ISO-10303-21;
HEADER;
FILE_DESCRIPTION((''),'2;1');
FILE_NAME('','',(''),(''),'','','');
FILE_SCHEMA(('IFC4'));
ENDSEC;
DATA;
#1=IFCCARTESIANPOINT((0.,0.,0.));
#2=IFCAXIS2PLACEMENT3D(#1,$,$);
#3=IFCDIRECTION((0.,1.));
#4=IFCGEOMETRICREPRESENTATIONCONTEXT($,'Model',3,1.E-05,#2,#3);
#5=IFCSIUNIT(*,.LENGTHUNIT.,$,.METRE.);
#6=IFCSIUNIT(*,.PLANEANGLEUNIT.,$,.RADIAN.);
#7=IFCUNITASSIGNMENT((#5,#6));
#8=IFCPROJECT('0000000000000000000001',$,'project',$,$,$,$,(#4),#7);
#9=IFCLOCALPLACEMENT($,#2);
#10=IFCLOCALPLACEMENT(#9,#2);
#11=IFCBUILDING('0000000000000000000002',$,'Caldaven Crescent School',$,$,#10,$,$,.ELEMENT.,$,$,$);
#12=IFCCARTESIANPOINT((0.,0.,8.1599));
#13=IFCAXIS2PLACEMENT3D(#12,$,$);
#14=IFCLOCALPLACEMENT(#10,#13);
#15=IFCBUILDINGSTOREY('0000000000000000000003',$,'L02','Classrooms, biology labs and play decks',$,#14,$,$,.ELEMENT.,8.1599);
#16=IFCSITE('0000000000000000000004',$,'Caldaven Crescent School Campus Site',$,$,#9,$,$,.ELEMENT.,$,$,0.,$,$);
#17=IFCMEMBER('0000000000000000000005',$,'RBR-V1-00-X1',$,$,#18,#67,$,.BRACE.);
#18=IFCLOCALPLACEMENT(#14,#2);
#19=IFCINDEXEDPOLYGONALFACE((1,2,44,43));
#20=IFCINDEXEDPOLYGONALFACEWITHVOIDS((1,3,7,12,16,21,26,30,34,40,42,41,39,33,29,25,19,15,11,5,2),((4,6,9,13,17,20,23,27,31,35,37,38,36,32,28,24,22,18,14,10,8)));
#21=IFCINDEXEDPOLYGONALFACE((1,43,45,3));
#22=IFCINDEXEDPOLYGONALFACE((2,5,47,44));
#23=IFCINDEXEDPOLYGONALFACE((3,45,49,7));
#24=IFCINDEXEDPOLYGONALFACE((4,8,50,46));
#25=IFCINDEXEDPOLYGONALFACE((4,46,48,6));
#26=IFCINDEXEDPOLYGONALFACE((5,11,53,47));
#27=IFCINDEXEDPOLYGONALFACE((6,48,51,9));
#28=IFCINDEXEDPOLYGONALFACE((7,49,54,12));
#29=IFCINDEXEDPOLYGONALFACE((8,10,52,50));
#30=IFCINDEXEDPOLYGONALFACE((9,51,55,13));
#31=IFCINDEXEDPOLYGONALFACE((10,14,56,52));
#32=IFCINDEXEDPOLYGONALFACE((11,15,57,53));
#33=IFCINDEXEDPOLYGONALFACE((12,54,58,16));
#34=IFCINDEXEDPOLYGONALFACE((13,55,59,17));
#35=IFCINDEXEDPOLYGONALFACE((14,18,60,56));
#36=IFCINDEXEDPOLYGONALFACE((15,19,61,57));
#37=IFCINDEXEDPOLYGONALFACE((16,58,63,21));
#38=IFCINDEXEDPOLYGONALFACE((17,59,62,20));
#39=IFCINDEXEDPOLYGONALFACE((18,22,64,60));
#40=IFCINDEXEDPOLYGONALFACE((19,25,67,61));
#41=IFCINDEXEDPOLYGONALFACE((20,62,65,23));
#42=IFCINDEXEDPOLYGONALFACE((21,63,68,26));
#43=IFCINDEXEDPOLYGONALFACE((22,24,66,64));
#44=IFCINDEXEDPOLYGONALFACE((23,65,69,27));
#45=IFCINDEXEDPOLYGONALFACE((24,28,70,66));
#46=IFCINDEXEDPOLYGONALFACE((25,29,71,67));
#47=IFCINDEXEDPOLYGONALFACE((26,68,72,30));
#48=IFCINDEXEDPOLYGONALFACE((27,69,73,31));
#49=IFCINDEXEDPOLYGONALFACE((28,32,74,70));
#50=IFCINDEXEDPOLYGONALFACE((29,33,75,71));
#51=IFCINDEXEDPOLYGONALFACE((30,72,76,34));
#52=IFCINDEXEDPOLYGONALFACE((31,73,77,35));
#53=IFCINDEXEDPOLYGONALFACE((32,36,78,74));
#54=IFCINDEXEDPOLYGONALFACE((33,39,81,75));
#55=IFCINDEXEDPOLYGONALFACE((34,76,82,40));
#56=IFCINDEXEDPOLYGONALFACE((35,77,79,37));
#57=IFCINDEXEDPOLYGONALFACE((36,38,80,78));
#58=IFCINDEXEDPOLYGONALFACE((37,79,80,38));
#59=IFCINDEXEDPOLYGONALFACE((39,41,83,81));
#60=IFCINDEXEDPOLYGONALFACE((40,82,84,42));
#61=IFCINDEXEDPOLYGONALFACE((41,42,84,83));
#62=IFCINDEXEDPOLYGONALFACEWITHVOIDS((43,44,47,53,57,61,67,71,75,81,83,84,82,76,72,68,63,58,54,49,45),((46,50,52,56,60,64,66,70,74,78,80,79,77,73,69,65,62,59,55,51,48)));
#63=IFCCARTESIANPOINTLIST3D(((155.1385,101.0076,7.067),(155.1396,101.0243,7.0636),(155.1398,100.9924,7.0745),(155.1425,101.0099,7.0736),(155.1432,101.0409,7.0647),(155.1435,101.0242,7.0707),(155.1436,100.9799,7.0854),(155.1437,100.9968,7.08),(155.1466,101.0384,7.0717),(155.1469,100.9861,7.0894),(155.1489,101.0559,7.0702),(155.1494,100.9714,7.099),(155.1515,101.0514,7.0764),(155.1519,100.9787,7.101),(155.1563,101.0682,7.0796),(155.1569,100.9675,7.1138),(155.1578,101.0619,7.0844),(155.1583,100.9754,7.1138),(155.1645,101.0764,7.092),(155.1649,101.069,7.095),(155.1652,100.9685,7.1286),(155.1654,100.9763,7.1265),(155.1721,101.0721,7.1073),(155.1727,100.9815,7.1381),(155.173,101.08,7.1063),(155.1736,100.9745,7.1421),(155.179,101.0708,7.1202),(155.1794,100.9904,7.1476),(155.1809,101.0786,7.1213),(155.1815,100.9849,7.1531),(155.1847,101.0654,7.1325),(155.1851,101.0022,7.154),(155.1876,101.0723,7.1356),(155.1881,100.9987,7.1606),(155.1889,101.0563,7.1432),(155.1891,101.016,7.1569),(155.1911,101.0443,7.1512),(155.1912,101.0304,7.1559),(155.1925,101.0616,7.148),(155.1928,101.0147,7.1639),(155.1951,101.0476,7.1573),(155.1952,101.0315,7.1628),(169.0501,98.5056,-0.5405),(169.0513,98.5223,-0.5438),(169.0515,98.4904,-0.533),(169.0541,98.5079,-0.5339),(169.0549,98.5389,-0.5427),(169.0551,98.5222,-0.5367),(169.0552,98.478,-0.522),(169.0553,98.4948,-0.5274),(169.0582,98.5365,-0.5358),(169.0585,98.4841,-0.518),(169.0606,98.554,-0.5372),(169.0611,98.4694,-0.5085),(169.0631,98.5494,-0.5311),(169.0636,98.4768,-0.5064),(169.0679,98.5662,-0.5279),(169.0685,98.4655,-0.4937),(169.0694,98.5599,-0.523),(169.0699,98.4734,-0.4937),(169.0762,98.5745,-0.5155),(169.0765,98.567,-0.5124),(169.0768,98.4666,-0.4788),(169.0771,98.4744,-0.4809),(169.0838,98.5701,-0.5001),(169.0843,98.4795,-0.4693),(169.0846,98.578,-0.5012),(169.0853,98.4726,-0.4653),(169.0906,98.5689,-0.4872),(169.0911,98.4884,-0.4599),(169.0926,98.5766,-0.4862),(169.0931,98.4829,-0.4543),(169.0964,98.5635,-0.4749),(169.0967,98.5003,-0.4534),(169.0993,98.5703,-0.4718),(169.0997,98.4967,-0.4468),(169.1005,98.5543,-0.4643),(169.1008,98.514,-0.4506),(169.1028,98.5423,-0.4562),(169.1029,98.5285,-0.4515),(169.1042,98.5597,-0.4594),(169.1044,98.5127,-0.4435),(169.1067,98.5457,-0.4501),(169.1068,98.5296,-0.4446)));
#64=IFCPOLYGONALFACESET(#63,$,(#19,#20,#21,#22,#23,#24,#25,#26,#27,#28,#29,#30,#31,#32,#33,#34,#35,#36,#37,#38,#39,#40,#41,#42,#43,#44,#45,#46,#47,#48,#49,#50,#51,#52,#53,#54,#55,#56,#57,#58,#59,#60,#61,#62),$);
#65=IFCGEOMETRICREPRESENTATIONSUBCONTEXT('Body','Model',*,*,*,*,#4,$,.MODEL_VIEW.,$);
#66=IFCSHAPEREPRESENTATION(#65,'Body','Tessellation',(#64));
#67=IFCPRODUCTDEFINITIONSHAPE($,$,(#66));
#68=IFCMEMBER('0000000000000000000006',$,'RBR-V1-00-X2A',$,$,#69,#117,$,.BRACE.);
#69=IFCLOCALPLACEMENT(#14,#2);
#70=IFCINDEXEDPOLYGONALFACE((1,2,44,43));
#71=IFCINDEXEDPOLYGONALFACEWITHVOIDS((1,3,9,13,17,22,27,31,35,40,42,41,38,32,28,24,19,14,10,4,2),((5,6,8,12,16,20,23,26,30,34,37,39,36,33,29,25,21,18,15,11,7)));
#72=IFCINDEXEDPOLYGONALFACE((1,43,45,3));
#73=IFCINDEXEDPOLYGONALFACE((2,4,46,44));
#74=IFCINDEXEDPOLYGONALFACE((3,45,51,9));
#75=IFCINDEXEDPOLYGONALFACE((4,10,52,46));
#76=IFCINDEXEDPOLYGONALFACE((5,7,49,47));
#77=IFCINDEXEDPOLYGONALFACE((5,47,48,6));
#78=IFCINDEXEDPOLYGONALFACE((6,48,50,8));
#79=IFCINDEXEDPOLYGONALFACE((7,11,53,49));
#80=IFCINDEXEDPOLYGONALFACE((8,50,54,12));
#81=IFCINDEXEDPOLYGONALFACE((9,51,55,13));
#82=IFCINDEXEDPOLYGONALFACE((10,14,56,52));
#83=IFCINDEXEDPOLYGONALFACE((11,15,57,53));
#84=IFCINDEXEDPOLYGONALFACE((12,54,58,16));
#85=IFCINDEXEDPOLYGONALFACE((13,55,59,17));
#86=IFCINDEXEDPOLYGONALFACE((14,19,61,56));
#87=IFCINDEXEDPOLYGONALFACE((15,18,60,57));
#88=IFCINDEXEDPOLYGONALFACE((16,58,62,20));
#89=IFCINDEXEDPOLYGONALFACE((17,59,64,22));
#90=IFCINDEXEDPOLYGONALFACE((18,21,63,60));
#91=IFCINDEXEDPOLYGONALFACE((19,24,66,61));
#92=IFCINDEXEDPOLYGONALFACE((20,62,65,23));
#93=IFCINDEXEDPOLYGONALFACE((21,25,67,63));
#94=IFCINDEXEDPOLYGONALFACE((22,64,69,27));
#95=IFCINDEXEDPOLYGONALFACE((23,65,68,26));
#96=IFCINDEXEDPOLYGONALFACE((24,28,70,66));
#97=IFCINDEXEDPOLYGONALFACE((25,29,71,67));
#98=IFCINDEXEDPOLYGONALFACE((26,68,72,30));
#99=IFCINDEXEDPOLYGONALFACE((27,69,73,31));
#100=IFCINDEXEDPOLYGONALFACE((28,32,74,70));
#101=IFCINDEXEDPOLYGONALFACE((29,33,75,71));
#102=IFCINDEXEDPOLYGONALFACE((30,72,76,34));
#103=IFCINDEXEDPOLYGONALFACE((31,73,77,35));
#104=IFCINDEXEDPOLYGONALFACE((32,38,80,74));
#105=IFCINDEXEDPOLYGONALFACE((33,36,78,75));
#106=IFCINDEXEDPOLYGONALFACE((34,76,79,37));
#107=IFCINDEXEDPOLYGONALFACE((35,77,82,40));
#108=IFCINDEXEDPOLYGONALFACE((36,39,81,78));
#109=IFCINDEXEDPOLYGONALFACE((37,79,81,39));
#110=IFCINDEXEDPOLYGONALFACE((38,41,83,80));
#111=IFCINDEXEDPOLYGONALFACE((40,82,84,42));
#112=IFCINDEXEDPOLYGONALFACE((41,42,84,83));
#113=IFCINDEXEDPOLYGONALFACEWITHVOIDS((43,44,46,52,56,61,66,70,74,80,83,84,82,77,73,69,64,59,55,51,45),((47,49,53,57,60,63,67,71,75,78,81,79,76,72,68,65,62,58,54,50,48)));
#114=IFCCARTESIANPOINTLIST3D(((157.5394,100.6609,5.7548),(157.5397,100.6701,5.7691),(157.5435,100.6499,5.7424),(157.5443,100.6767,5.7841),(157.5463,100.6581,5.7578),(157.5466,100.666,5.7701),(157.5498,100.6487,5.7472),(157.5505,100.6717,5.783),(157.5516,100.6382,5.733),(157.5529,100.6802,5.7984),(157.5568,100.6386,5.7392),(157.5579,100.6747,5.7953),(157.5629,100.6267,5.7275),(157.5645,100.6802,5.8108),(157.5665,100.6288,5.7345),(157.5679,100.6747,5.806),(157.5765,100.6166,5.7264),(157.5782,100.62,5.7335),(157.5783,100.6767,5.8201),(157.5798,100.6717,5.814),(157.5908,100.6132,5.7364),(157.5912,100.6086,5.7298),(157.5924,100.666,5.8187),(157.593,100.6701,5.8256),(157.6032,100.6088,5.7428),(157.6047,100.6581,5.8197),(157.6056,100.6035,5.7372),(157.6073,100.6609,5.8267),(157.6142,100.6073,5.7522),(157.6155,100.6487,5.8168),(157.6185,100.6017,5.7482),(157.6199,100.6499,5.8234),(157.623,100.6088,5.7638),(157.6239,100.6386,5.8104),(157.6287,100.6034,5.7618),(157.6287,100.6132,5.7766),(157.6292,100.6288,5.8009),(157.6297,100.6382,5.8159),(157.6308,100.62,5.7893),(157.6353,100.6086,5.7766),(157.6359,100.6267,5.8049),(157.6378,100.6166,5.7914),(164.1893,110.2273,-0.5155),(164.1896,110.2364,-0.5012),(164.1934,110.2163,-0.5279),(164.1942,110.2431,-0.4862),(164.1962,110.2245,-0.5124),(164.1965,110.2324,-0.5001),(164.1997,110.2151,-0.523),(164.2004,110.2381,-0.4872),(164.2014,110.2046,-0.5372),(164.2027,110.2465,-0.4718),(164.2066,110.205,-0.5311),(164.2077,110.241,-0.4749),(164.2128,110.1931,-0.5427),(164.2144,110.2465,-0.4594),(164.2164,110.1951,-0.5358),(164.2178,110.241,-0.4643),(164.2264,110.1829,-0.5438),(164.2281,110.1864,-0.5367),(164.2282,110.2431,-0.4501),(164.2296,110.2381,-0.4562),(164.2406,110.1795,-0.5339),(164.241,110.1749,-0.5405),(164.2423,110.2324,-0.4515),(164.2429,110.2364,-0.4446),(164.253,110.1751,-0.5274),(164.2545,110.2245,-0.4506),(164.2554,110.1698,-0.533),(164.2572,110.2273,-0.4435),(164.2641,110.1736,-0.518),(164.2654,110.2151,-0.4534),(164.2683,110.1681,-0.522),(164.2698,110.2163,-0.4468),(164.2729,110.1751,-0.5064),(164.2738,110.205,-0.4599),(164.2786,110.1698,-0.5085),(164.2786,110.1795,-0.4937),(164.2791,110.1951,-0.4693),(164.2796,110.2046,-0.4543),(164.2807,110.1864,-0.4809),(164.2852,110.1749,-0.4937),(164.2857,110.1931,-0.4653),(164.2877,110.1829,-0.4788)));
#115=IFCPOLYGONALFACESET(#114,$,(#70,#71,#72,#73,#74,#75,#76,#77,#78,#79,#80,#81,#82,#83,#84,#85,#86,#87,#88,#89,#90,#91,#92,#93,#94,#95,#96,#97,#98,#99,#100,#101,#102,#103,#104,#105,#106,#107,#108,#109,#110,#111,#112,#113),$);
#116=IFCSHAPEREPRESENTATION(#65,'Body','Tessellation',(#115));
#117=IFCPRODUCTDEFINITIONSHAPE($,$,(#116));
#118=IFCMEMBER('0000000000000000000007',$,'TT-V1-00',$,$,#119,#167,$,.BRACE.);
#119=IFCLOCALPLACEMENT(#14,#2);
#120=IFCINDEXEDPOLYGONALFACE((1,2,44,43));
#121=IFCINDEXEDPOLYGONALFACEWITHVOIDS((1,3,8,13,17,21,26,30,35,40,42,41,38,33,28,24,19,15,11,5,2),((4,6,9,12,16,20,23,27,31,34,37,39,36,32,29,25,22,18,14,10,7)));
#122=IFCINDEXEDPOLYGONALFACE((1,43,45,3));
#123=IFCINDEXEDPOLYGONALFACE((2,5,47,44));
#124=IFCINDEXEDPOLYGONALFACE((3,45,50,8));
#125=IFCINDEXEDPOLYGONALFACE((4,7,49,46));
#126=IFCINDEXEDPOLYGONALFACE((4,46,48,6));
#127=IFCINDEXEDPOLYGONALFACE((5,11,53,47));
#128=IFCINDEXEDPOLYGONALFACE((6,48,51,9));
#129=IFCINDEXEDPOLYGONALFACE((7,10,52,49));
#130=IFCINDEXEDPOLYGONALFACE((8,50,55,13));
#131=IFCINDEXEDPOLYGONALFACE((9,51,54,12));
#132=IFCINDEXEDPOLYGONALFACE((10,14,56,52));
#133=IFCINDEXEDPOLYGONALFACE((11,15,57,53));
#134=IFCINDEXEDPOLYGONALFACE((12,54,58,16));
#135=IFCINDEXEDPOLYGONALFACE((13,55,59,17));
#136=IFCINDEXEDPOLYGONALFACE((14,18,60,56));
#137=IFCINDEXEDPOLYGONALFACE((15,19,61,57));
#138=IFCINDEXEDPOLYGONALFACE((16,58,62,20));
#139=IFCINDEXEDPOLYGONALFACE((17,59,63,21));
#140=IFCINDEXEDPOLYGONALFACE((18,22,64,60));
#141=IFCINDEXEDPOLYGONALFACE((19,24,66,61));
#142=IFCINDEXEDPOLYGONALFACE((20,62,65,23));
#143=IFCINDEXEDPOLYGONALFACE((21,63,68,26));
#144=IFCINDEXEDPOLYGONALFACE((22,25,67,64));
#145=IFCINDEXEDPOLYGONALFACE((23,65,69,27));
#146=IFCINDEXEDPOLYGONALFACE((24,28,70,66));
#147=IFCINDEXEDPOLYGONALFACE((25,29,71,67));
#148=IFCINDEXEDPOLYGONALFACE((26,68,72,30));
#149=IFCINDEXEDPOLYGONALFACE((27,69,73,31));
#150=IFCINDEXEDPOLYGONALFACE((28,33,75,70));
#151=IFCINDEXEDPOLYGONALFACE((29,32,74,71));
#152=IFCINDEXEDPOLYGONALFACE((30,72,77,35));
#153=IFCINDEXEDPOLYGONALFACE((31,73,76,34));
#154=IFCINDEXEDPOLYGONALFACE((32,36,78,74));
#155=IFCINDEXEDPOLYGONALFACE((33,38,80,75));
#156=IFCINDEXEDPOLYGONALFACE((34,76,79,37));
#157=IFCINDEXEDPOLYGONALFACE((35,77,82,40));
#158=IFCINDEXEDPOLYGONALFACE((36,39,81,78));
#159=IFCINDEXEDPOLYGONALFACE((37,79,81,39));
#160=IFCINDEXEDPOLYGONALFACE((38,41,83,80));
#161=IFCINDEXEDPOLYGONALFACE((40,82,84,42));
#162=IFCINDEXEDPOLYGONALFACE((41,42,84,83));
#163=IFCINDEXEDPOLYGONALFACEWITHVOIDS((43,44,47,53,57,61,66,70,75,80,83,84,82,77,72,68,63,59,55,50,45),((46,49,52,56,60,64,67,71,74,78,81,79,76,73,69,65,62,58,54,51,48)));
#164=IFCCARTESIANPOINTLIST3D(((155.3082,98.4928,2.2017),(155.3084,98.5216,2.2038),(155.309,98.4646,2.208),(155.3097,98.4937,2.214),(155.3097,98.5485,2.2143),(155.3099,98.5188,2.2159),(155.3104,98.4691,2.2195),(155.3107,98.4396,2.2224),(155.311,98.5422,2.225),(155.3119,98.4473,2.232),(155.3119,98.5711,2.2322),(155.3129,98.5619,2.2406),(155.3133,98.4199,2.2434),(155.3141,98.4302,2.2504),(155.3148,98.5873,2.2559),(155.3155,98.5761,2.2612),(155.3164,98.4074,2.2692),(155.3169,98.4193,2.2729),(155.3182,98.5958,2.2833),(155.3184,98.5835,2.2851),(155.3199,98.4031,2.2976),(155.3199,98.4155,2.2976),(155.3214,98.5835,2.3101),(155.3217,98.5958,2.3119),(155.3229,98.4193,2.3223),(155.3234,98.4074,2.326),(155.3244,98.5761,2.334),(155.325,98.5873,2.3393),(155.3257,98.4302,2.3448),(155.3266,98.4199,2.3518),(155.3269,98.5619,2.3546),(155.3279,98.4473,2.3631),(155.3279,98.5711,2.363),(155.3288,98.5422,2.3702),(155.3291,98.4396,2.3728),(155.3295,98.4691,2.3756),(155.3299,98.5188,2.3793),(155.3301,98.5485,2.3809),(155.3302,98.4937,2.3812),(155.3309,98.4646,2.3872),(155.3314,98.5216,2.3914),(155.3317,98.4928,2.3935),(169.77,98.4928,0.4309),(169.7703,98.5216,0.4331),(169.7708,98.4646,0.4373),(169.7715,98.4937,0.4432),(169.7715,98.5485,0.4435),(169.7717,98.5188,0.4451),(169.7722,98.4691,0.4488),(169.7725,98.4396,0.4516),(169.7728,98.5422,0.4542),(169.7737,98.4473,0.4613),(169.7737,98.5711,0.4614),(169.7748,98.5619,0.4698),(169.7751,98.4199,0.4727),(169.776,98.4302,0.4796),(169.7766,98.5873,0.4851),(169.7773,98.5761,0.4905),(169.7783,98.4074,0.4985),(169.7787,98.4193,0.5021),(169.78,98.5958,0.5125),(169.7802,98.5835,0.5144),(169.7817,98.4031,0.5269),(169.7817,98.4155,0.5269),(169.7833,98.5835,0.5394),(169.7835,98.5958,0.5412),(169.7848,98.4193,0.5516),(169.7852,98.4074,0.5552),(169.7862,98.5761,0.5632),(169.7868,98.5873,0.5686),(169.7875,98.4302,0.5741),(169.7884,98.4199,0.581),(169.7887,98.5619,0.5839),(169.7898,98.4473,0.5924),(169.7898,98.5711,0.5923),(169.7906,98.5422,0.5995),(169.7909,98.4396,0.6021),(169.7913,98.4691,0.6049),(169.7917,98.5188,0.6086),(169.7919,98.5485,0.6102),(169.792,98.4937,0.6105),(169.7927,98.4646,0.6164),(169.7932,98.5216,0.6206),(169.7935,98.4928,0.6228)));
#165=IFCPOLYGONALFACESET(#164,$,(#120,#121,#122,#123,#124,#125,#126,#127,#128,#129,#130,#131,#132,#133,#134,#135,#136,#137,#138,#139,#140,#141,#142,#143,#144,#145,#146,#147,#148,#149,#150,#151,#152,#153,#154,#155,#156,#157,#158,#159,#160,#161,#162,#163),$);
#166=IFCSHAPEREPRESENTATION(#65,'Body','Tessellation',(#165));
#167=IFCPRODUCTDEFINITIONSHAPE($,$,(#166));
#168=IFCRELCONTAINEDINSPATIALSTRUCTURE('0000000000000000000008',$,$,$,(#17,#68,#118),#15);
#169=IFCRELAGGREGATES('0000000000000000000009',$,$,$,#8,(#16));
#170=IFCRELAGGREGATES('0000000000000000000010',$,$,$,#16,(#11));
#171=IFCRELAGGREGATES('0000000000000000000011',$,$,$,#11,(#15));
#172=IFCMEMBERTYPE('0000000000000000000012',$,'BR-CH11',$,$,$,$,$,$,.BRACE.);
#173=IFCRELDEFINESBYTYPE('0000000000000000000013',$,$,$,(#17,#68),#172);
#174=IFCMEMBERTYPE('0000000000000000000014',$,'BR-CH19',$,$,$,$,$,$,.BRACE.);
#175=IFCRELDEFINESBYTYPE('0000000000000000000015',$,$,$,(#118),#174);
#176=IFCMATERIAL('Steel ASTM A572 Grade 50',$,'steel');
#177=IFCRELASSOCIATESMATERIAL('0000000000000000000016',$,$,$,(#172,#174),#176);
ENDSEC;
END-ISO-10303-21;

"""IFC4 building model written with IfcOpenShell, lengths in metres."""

from ifc_helpers import new_model, si_unit, direction, frame, origin, origin_2d, place, context, subcontext, project, spatial, hollow_circle, extrude, material, material_profile, profile_set, type_object, element, save


model = new_model("IFC4")

# Units and contexts
model_context = context("Model", 3, precision=1e-05, world=origin(), true_north=direction((0.0, 1.0)))
body_context = subcontext(model_context, "Body", "Model", "MODEL_VIEW")
ifc_project = project(units=[si_unit("LENGTHUNIT", "METRE"), si_unit("PLANEANGLEUNIT", "RADIAN")], contexts=[model_context])

# Site, building, storey
site_placement = place(None, origin())
site = spatial("IfcSite", under=ifc_project, at=site_placement, Name="Caldaven Crescent School Campus Site", CompositionType="ELEMENT", RefElevation=0.0)
building_placement = place(site_placement, origin())
building = spatial("IfcBuilding", under=site, at=building_placement, Name="Caldaven Crescent School", CompositionType="ELEMENT")
storey_placement = place(building_placement, frame((0.0, 0.0, 8.1599)))
storey = spatial("IfcBuildingStorey", under=building, at=storey_placement, Name="L02", Description="Classrooms, biology labs and play decks", CompositionType="ELEMENT", Elevation=8.1599)

# Shared definitions
ifc_material_1 = material(Name="Steel ASTM A572 Grade 50", Category="steel")

# Members
ifc_material_profile_1 = material_profile(ifc_material_1, hollow_circle(Radius=0.0571, WallThickness=0.0081, at=origin_2d()), Name="CHS 114.3x8.0")
ifc_profile_set_1 = profile_set([ifc_material_profile_1], Name="Steel ASTM A572 Grade 50")
member_type_1 = type_object("IfcMemberType", Name="BR-CH11", PredefinedType="BRACE", material=ifc_profile_set_1)
member_1_placement = place(storey_placement, frame((169.0786, 98.5217, -0.4937), z_axis=(-0.866661, 0.155866, 0.473924), x_axis=(-0.177006, -0.98421, 0.0)))
element("IfcMember", 1, at=member_1_placement, inside=storey, type_object=member_type_1, Name="RBR-V1-00-X1", PredefinedType="BRACE", context=body_context, shape_type="SweptSolid", body=[
    extrude(hollow_circle(Radius=0.0571, WallThickness=0.0081, at=origin_2d()), origin(), (0.0, 0.0, 1.0), 16.052),
])
member_2_placement = place(storey_placement, frame((164.2383, 110.2075, -0.4937), z_axis=(-0.502608, -0.723042, 0.473915), x_axis=(0.821106, -0.570776, 0.0)))
element("IfcMember", 2, at=member_2_placement, inside=storey, type_object=member_type_1, Name="RBR-V1-00-X2A", PredefinedType="BRACE", context=body_context, shape_type="SweptSolid", body=[
    extrude(hollow_circle(Radius=0.0571, WallThickness=0.0081, at=origin_2d()), origin(), (0.0, 0.0, 1.0), 13.2307),
])
ifc_material_profile_2 = material_profile(ifc_material_1, hollow_circle(Radius=0.0969, WallThickness=0.0125, at=origin_2d()), Name="CHS 193.7x12.5")
ifc_profile_set_2 = profile_set([ifc_material_profile_2], Name="Steel ASTM A572 Grade 50")
member_type_2 = type_object("IfcMemberType", Name="BR-CH19", PredefinedType="BRACE", material=ifc_profile_set_2)
for number, where, z_axis, x_axis, name in (
    (3, (169.7817, 98.5, 0.5269), (-0.992587, 0.0, 0.121535), (0.0, -1.0, 0.0), "TT-V1-00"),
):
    element("IfcMember", number, at=place(storey_placement, frame(where, z_axis=z_axis, x_axis=x_axis)), inside=storey, type_object=member_type_2, Name=name, PredefinedType="BRACE", context=body_context, shape_type="SweptSolid", body=[
        extrude(hollow_circle(Radius=0.0969, WallThickness=0.0125, at=origin_2d()), origin(), (0.0, 0.0, 1.0), 14.5698),
    ])

save(model, "model.ifc")
